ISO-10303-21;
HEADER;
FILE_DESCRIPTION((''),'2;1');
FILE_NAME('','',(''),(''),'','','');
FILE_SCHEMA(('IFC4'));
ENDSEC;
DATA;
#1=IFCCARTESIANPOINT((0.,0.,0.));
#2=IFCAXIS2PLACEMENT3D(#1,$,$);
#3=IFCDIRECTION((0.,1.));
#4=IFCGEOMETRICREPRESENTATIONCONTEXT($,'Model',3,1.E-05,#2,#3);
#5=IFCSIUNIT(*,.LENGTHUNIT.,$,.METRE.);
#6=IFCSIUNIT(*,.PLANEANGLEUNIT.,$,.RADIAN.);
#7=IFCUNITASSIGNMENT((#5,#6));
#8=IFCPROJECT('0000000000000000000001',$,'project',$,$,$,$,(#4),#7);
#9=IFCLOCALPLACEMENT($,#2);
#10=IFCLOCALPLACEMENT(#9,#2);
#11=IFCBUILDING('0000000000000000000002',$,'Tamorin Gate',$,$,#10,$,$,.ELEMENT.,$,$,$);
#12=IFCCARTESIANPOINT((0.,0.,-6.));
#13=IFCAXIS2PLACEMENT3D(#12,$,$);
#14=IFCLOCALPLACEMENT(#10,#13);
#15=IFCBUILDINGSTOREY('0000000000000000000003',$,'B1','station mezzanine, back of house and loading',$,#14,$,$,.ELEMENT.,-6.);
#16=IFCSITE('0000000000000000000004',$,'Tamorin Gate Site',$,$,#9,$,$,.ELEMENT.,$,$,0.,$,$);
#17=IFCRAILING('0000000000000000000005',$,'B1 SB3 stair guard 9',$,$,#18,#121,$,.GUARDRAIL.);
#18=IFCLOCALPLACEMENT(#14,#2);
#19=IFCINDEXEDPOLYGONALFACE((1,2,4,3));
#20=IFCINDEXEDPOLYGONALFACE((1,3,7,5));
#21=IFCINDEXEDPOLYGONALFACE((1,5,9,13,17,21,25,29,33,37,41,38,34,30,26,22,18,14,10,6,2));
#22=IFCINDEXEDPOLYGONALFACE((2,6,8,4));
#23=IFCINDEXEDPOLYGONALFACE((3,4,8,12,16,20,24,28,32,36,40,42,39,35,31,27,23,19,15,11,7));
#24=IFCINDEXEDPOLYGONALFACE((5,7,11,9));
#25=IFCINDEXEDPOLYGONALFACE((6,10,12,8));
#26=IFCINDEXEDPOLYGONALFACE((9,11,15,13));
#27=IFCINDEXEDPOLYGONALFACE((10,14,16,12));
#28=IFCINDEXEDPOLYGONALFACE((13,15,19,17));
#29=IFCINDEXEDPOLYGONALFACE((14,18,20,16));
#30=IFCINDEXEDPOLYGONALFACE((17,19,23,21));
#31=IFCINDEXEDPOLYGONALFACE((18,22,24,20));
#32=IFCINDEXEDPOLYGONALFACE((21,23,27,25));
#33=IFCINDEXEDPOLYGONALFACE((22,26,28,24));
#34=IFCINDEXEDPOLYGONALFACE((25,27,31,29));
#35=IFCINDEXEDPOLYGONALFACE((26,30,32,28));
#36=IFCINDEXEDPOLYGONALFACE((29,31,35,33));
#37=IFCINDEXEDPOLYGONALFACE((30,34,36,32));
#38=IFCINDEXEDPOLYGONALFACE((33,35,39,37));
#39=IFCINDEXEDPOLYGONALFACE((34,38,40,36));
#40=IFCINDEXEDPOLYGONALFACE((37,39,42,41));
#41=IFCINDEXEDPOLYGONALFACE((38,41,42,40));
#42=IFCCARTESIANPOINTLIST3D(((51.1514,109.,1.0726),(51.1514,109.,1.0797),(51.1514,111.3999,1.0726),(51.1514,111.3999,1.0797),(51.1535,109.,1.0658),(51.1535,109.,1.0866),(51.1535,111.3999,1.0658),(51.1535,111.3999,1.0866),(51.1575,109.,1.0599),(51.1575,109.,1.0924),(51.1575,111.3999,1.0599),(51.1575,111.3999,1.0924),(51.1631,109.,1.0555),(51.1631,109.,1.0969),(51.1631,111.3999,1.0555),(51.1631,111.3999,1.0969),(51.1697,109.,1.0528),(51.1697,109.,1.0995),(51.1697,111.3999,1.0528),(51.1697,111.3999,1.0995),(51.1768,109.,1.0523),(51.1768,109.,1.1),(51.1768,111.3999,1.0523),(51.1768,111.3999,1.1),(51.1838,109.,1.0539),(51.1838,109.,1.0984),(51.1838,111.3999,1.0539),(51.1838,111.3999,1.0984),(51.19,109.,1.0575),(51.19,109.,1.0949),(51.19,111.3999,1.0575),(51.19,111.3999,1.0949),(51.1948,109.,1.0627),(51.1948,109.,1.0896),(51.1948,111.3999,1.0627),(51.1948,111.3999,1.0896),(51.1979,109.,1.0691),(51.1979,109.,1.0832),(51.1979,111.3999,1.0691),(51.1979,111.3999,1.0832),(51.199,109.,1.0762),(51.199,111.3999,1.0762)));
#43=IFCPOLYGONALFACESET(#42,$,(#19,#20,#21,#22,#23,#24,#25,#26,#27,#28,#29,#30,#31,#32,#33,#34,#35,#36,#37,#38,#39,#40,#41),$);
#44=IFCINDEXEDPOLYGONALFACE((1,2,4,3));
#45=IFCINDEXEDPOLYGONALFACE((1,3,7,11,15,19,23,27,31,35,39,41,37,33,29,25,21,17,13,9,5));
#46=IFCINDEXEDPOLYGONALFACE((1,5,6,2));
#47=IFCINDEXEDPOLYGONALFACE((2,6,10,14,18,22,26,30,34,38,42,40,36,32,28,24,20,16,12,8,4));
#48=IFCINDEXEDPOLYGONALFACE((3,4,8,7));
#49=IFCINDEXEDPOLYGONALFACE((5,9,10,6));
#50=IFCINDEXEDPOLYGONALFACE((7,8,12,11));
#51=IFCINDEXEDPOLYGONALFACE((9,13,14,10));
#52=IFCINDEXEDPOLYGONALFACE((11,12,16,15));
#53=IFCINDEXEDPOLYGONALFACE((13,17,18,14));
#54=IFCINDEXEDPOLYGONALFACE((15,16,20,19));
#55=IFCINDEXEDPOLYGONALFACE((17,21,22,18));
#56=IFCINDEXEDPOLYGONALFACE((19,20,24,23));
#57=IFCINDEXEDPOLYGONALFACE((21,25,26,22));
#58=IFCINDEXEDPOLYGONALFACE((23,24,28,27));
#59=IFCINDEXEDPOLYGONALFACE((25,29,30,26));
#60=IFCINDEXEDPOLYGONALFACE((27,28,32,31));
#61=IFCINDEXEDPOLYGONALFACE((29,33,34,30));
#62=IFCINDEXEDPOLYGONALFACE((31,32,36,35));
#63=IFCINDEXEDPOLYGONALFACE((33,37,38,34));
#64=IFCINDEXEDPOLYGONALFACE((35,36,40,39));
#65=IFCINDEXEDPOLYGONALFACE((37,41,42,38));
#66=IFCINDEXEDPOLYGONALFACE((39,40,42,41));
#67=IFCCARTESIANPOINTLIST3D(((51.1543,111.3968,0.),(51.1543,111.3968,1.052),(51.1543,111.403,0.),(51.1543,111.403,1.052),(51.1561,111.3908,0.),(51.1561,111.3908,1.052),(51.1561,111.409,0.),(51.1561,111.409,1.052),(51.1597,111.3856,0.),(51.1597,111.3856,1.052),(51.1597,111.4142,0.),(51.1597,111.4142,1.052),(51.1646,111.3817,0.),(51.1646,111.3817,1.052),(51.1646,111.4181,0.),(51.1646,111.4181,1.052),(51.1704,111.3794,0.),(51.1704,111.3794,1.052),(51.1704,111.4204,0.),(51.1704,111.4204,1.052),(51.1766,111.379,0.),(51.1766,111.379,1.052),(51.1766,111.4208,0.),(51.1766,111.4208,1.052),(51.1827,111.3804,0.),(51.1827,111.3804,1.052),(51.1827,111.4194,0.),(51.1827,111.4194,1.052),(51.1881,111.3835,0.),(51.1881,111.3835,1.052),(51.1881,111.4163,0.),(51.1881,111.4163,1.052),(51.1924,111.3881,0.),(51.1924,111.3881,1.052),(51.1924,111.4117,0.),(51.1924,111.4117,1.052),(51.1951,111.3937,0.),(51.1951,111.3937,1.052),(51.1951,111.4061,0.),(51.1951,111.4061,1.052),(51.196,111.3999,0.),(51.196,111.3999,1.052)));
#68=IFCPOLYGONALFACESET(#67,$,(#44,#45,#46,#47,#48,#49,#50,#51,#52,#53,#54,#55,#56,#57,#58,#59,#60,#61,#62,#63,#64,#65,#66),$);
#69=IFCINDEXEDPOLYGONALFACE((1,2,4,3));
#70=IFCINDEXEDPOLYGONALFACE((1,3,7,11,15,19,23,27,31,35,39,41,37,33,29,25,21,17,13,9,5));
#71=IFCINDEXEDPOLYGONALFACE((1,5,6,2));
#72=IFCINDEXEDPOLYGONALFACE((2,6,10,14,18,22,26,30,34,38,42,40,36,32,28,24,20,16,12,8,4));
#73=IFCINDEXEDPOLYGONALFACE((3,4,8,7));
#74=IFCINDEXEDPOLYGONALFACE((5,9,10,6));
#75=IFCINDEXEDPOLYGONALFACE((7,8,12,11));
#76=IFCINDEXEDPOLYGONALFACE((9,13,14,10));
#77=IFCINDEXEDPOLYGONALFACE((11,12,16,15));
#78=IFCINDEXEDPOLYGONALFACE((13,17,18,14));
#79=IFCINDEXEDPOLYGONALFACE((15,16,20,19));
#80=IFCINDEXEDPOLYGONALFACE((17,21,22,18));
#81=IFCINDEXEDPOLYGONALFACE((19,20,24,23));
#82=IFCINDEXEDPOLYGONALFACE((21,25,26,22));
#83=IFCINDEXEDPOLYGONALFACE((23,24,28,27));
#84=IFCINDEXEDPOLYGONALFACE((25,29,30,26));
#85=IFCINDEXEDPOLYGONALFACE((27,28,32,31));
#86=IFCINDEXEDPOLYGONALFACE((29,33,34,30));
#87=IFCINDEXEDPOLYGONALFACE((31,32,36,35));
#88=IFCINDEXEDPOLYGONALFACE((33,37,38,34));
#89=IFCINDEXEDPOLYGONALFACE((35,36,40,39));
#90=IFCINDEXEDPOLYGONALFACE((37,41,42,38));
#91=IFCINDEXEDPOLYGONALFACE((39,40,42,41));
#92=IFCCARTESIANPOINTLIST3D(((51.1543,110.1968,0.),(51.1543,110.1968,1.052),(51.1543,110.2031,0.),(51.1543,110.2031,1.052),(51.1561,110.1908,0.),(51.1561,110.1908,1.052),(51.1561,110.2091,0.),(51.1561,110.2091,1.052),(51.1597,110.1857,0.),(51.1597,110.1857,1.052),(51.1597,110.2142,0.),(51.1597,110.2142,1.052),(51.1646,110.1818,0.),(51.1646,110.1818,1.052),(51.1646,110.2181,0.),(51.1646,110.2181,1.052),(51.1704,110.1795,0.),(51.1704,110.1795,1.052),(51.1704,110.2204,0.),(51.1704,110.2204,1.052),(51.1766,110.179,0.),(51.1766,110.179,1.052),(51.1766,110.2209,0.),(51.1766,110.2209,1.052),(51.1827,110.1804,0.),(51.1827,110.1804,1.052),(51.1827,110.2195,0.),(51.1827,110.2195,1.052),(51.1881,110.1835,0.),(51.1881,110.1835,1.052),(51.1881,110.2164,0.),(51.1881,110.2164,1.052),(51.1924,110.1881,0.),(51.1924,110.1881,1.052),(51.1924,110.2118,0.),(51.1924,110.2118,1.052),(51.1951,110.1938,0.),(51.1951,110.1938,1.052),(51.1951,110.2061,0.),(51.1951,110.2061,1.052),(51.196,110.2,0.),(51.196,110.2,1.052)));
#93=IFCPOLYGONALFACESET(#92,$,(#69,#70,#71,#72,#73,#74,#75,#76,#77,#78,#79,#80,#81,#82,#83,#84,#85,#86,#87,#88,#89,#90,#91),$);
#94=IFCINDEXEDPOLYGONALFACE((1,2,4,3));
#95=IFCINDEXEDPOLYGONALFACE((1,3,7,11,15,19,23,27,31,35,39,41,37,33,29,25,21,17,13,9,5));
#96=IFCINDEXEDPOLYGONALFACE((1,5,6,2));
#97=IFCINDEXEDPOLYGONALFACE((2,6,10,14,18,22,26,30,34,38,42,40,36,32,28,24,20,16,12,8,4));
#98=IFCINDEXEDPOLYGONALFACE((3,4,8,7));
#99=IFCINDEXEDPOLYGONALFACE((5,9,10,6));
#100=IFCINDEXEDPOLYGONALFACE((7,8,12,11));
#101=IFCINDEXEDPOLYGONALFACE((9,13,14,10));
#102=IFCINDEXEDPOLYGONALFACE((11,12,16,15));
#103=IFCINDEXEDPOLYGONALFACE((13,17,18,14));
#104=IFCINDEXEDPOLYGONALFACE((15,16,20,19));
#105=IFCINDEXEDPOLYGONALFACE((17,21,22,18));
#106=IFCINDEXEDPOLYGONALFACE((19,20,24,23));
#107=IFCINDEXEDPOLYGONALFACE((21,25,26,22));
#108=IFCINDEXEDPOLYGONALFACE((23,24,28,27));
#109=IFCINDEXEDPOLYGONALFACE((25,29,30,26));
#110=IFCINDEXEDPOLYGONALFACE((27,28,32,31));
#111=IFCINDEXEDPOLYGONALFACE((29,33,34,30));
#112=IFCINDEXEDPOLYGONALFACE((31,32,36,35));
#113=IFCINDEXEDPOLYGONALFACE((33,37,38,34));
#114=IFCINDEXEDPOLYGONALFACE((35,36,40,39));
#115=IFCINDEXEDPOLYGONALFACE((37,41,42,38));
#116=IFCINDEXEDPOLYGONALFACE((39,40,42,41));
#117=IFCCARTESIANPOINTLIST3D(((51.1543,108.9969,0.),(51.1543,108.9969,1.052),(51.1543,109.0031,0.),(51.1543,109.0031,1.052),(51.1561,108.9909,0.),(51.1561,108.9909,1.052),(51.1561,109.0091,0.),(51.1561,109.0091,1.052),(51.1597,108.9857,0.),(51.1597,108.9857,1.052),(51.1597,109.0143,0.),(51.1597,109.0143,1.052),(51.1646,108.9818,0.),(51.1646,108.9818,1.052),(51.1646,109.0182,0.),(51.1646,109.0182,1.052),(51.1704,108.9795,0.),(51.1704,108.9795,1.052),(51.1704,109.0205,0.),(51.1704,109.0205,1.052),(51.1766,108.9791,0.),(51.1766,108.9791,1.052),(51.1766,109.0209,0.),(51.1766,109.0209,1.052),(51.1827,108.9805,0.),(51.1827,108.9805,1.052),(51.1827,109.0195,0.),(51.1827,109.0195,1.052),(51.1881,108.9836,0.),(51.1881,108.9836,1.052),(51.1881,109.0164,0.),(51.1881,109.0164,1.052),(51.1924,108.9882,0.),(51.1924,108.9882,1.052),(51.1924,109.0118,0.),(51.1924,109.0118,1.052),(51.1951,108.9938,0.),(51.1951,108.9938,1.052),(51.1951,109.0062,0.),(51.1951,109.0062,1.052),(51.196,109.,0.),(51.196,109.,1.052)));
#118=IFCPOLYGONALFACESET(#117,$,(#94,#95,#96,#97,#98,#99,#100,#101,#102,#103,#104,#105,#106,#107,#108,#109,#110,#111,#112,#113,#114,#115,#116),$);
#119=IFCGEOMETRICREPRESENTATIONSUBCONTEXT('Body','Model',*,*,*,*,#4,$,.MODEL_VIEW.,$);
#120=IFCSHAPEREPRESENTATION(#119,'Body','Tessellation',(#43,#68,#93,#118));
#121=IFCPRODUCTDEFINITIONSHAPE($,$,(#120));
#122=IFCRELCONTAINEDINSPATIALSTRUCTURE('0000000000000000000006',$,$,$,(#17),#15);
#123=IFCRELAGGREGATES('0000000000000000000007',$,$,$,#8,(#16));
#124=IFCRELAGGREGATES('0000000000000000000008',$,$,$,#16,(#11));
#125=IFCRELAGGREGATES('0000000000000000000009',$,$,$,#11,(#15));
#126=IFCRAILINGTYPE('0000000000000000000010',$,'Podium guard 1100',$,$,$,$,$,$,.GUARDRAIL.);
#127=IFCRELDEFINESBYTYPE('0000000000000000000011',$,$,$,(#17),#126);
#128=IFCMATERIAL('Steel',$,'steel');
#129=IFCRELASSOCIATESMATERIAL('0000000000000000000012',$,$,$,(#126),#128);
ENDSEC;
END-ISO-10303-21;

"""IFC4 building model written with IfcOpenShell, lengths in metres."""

from ifc_helpers import new_model, si_unit, direction, frame, origin, origin_2d, place, context, subcontext, project, spatial, circle, extrude, material, type_object, element, save


model = new_model("IFC4")

# Units and contexts
model_context = context("Model", 3, precision=1e-05, world=origin(), true_north=direction((0.0, 1.0)))
body_context = subcontext(model_context, "Body", "Model", "MODEL_VIEW")
ifc_project = project(units=[si_unit("LENGTHUNIT", "METRE"), si_unit("PLANEANGLEUNIT", "RADIAN")], contexts=[model_context])

# Site, building, storey
site_placement = place(None, origin())
site = spatial("IfcSite", under=ifc_project, at=site_placement, Name="Tamorin Gate Site", CompositionType="ELEMENT", RefElevation=0.0)
building_placement = place(site_placement, origin())
building = spatial("IfcBuilding", under=site, at=building_placement, Name="Tamorin Gate", CompositionType="ELEMENT")
storey_placement = place(building_placement, frame((0.0, 0.0, -6.0)))
storey = spatial("IfcBuildingStorey", under=building, at=storey_placement, Name="B1", Description="station mezzanine, back of house and loading", CompositionType="ELEMENT", Elevation=-6.0)

# Railing
ifc_material_1 = material(Name="Steel", Category="steel")
railing_type_1 = type_object("IfcRailingType", Name="Podium guard 1100", PredefinedType="GUARDRAIL", material=ifc_material_1)
for number, where, name in (
    (1, (51.175, 111.3999, 0.0), "B1 SB3 stair guard 9"),
):
    element("IfcRailing", number, at=place(storey_placement, frame(where)), inside=storey, type_object=railing_type_1, Name=name, PredefinedType="GUARDRAIL", context=body_context, shape_type="SweptSolid", body=[
        extrude(circle(Radius=0.0239, at=origin_2d()), frame((0.0, 0.0, 1.0762), z_axis=(0.0, -1.0, 0.0), x_axis=(1.0, 0.0, 0.0)), (0.0, 0.0, 1.0), 2.3999),
        extrude(circle(Radius=0.021, at=origin_2d()), origin(), (0.0, 0.0, 1.0), 1.052),
        extrude(circle(Radius=0.021, at=origin_2d()), frame((0.0, -1.2, 0.0)), (0.0, 0.0, 1.0), 1.052),
        extrude(circle(Radius=0.021, at=origin_2d()), frame((0.0, -2.3999, 0.0)), (0.0, 0.0, 1.0), 1.052),
    ])

save(model, "model.ifc")
